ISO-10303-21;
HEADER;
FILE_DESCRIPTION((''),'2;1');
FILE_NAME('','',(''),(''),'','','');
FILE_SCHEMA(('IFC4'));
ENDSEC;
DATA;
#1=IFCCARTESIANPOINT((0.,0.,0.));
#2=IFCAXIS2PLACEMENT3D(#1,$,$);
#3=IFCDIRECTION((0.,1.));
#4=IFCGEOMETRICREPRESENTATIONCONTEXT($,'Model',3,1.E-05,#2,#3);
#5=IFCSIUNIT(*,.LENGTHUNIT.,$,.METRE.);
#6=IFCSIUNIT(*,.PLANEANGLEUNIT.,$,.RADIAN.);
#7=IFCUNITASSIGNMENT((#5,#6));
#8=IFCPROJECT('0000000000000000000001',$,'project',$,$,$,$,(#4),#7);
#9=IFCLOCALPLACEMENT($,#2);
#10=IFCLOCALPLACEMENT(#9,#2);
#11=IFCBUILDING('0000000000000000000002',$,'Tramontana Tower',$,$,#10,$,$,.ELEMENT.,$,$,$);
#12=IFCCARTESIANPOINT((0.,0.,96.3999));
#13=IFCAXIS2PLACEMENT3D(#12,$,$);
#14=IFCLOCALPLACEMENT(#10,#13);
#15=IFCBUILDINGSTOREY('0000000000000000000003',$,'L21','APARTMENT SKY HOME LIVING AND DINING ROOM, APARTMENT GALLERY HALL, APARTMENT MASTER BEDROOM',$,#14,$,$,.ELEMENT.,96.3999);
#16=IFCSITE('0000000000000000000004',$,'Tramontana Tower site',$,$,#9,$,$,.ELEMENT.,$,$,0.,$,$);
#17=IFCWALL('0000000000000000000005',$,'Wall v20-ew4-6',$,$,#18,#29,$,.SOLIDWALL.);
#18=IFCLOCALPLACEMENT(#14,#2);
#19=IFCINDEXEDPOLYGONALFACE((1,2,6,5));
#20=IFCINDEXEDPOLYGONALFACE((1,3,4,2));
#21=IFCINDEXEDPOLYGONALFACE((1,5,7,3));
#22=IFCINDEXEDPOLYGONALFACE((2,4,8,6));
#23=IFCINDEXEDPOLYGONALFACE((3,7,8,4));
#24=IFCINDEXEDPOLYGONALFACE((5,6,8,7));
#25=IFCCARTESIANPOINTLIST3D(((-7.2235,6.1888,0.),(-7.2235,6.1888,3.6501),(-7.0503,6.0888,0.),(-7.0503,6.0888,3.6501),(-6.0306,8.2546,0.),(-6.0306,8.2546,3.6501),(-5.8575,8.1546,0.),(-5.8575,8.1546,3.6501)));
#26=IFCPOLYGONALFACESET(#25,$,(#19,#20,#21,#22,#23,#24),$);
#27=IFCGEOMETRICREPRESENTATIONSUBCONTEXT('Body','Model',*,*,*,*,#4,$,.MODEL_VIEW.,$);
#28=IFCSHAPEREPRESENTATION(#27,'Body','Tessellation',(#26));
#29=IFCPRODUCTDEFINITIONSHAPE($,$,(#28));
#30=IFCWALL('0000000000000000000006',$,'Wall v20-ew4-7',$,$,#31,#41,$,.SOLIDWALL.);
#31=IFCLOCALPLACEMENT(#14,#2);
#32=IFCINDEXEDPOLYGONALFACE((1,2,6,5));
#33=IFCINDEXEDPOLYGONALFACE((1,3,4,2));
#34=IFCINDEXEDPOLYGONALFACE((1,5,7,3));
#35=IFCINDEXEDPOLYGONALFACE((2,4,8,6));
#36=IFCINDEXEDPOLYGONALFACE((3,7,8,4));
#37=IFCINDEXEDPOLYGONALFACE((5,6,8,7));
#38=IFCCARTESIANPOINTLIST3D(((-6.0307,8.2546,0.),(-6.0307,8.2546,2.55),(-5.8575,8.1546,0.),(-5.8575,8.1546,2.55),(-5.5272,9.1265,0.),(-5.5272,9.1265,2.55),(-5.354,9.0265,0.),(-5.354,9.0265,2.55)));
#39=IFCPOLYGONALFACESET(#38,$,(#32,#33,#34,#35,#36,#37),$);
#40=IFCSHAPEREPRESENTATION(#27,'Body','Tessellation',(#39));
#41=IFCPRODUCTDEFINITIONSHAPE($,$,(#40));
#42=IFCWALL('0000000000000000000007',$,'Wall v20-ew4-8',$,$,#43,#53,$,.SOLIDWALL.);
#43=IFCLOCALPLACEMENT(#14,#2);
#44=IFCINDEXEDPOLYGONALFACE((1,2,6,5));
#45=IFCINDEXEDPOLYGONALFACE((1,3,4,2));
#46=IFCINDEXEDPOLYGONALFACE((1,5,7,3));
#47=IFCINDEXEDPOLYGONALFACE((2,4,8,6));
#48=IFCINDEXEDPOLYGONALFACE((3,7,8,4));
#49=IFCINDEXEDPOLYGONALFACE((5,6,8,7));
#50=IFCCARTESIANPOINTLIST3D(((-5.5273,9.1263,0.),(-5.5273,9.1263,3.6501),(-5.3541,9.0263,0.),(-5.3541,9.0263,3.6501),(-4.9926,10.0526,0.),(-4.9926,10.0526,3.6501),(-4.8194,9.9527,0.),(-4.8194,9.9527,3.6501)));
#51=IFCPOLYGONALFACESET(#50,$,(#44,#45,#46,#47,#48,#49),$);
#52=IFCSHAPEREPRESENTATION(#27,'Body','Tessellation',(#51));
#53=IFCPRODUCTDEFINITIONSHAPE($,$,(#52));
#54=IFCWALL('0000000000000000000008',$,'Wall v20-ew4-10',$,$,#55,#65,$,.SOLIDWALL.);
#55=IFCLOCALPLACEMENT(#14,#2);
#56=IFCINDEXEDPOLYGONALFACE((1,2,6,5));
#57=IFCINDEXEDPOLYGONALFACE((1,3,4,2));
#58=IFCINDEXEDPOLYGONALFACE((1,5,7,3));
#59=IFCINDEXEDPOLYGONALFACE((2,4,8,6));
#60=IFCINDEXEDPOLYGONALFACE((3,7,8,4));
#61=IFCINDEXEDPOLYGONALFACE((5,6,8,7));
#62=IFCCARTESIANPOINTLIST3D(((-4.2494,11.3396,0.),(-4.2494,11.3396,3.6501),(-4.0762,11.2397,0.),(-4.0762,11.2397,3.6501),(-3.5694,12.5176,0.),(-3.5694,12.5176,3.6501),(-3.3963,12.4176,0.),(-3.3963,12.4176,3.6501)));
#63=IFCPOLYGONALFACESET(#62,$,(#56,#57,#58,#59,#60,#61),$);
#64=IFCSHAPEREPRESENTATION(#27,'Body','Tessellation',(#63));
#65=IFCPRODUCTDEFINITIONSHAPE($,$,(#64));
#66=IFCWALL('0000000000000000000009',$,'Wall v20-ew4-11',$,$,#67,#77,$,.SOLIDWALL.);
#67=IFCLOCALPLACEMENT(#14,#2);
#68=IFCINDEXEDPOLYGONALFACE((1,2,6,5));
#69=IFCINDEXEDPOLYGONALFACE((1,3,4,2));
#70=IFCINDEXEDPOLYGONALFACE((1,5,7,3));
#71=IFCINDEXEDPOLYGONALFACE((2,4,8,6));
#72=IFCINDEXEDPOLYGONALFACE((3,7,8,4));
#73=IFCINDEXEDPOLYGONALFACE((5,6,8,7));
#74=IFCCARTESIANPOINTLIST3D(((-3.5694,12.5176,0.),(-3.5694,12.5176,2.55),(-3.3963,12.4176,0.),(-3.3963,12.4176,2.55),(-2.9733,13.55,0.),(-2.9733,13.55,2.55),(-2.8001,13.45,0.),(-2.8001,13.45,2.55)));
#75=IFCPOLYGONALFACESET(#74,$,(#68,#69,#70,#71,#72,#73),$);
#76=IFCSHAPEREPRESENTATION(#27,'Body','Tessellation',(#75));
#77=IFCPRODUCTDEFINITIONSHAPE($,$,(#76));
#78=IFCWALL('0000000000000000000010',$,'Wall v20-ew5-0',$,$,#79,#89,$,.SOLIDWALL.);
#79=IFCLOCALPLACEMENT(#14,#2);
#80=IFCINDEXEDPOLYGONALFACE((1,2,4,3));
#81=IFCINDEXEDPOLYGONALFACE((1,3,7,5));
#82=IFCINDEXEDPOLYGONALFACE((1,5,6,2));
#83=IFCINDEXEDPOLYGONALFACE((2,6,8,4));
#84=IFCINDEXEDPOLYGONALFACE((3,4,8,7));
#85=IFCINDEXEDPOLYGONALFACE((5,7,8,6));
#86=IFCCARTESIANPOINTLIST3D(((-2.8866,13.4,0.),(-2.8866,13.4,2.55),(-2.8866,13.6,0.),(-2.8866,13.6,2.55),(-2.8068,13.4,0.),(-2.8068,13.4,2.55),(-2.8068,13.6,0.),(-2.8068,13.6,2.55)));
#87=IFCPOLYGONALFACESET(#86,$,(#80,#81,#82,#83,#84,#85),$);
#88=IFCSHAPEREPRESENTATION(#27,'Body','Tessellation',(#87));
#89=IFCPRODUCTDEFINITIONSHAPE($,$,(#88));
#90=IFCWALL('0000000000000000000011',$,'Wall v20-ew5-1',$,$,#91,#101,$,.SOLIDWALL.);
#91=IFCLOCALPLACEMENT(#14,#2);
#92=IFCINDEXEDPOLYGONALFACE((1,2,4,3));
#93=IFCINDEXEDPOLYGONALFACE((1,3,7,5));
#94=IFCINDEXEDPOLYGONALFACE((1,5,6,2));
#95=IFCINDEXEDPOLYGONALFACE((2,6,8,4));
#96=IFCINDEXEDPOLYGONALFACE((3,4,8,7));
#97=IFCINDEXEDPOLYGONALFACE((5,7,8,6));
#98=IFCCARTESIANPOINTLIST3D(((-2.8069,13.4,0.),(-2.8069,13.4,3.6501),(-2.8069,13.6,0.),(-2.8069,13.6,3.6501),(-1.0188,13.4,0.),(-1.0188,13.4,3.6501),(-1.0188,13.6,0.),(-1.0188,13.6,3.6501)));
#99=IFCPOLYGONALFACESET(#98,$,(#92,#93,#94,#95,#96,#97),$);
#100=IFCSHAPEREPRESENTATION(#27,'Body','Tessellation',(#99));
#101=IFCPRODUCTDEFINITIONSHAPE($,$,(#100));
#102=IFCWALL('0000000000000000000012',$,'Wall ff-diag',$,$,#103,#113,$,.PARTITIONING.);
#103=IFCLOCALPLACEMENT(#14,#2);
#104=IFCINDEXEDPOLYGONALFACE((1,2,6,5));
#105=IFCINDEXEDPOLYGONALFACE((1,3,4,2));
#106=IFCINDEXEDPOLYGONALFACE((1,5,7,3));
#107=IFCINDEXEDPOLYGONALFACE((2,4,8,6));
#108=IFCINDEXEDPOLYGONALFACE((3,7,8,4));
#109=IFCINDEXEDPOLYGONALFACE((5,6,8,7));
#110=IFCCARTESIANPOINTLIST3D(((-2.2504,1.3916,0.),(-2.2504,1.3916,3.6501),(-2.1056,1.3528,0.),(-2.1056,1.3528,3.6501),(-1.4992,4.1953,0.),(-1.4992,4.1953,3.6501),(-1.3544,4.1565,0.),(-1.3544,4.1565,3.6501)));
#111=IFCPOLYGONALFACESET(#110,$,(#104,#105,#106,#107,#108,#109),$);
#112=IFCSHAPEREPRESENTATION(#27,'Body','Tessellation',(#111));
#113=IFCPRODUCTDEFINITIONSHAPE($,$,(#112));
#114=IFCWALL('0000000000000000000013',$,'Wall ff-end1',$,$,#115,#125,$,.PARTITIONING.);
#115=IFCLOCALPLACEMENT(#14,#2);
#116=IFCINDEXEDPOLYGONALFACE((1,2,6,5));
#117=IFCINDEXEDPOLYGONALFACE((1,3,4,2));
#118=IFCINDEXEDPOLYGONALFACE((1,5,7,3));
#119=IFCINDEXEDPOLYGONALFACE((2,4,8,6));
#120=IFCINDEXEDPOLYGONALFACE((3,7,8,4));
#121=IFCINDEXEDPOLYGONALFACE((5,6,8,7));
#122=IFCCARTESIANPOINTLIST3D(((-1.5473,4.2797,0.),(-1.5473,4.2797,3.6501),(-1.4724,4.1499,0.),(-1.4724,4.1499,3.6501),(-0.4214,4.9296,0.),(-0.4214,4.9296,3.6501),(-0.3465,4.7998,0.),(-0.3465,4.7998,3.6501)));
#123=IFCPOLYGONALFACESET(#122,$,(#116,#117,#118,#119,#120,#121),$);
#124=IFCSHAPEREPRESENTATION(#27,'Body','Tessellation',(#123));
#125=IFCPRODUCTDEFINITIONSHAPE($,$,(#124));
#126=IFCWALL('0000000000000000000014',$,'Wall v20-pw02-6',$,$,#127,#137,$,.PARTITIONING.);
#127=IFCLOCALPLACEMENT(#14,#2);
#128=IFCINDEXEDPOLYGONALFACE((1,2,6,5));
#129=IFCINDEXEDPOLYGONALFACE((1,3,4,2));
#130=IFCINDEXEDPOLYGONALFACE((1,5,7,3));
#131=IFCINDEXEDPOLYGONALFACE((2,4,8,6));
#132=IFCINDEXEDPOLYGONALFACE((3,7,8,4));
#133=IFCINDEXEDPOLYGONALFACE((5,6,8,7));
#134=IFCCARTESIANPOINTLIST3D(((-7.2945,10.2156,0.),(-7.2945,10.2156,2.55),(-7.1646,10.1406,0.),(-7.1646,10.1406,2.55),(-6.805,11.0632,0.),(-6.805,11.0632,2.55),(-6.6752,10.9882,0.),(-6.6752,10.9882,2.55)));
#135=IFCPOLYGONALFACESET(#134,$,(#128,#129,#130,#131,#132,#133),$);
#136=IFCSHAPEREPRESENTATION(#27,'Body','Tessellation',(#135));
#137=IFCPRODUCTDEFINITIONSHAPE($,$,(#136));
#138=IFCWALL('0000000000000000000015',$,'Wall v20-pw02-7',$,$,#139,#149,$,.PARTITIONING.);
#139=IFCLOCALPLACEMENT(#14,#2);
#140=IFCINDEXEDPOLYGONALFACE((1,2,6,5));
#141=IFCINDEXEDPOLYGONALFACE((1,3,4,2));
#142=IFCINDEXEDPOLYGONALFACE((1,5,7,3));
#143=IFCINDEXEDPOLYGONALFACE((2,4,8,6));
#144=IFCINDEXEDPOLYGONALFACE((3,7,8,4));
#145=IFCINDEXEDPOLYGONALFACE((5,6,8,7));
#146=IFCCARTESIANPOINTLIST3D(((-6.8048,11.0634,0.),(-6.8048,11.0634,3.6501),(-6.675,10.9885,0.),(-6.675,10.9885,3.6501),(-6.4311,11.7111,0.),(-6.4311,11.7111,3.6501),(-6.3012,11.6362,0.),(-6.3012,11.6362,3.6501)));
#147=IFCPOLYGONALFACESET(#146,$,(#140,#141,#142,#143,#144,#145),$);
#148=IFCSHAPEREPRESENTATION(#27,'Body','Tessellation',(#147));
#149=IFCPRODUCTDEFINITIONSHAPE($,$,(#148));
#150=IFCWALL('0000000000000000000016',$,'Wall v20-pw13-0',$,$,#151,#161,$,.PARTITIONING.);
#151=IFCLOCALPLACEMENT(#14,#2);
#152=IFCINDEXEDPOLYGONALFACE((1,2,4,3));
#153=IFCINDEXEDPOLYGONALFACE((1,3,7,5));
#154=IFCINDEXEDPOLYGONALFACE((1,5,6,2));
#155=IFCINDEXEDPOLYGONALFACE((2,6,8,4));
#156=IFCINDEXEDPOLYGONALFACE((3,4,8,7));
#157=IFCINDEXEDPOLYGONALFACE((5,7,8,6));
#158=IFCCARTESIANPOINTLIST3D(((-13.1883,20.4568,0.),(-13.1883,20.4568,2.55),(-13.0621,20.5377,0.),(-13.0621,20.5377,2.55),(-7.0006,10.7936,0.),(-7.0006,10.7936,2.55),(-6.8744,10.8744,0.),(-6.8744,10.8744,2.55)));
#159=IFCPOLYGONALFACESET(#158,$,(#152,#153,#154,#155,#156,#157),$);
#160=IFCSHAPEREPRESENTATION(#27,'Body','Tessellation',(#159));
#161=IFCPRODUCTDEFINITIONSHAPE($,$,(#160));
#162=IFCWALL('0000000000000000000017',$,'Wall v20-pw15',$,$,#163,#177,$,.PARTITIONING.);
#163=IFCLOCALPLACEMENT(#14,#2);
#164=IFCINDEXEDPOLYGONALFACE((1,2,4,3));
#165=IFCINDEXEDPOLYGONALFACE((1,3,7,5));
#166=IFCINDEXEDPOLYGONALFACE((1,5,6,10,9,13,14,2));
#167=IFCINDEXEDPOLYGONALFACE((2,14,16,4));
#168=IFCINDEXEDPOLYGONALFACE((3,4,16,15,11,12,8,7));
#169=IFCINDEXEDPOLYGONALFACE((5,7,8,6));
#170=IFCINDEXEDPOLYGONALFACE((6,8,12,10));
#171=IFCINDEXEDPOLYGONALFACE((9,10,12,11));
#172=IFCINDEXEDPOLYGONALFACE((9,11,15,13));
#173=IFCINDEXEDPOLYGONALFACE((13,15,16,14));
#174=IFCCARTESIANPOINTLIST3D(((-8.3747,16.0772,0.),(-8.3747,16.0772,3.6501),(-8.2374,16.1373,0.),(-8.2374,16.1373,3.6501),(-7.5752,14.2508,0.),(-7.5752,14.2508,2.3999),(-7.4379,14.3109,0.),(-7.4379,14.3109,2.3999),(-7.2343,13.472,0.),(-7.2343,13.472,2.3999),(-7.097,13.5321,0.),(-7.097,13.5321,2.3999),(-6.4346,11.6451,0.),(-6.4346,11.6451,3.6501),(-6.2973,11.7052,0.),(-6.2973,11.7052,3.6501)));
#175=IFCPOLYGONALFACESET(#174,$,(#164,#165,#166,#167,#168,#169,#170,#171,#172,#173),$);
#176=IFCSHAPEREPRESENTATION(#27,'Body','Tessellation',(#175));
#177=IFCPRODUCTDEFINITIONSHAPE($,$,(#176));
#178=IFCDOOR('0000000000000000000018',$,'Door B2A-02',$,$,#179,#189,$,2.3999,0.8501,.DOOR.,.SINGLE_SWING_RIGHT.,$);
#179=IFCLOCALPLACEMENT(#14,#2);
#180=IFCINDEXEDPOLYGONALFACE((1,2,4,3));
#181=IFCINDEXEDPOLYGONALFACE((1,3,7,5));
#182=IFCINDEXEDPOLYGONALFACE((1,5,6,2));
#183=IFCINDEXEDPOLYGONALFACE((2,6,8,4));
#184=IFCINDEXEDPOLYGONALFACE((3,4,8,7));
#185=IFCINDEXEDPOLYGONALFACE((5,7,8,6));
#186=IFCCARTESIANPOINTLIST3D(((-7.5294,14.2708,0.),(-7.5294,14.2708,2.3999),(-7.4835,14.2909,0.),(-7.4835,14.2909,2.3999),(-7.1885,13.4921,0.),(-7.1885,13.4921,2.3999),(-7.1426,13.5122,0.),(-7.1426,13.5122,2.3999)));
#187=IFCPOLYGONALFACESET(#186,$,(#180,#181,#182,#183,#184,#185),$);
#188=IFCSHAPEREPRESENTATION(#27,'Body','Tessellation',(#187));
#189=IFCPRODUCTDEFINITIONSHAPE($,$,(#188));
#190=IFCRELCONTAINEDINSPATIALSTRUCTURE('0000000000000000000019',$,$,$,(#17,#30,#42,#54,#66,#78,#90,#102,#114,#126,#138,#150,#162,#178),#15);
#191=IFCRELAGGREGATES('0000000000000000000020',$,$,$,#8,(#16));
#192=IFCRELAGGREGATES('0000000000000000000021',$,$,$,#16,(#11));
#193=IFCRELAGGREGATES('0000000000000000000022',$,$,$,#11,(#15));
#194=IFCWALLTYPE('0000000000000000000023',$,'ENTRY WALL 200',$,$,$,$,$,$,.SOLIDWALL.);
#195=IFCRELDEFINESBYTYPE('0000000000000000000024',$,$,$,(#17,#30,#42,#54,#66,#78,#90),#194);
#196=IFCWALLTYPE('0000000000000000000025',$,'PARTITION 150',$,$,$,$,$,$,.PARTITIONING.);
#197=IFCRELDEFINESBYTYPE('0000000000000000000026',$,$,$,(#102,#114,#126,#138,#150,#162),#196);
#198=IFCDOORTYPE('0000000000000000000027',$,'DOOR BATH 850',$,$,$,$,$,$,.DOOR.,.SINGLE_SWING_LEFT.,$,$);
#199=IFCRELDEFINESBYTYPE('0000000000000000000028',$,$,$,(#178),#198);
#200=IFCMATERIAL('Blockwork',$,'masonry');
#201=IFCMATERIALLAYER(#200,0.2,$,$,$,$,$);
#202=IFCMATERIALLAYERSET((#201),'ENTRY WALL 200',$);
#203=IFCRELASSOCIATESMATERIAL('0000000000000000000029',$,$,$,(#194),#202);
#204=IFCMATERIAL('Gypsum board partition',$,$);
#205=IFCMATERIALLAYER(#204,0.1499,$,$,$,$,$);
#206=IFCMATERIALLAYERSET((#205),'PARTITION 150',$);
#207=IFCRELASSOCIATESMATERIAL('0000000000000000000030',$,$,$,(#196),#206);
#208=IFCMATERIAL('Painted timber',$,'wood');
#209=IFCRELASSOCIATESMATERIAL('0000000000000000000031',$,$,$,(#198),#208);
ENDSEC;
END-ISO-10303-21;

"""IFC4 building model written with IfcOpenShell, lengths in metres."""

from ifc_helpers import new_model, si_unit, direction, frame, frame_2d, origin, place, context, subcontext, project, spatial, rectangle, extrude, material, layer, layer_set, type_object, element, fill, save


model = new_model("IFC4")

# Units and contexts
model_context = context("Model", 3, precision=1e-05, world=origin(), true_north=direction((0.0, 1.0)))
body_context = subcontext(model_context, "Body", "Model", "MODEL_VIEW")
ifc_project = project(units=[si_unit("LENGTHUNIT", "METRE"), si_unit("PLANEANGLEUNIT", "RADIAN")], contexts=[model_context])

# Site, building, storey
site_placement = place(None, origin())
site = spatial("IfcSite", under=ifc_project, at=site_placement, Name="Tramontana Tower site", CompositionType="ELEMENT", RefElevation=0.0)
building_placement = place(site_placement, origin())
building = spatial("IfcBuilding", under=site, at=building_placement, Name="Tramontana Tower", CompositionType="ELEMENT")
storey_placement = place(building_placement, frame((0.0, 0.0, 96.3999)))
storey = spatial("IfcBuildingStorey", under=building, at=storey_placement, Name="L21", Description="APARTMENT SKY HOME LIVING AND DINING ROOM, APARTMENT GALLERY HALL, APARTMENT MASTER BEDROOM", CompositionType="ELEMENT", Elevation=96.3999)

# Walls
ifc_material_1 = material(Name="Blockwork", Category="masonry")
ifc_layer_1 = layer(ifc_material_1, 0.2)
ifc_layer_set_1 = layer_set([ifc_layer_1], Name="ENTRY WALL 200")
wall_type_1 = type_object("IfcWallType", Name="ENTRY WALL 200", PredefinedType="SOLIDWALL", material=ifc_layer_set_1)
wall_1_placement = place(storey_placement, frame((-7.137, 6.1387, 0.0), z_axis=(0.0, 0.0, 1.0), x_axis=(0.500035, 0.866005, 0.0)))
element("IfcWall", 1, at=wall_1_placement, inside=storey, type_object=wall_type_1, Name="Wall v20-ew4-6", PredefinedType="SOLIDWALL", context=body_context, shape_type="SweptSolid", body=[
    extrude(rectangle(XDim=2.3855, YDim=0.2, at=frame_2d((1.1929, 0.0))), origin(), (0.0, 0.0, 1.0), 3.6501),
])
wall_2_placement = place(storey_placement, frame((-5.9441, 8.2046, 0.0), z_axis=(0.0, 0.0, 1.0), x_axis=(0.500051, 0.865996, 0.0)))
element("IfcWall", 2, at=wall_2_placement, inside=storey, type_object=wall_type_1, Name="Wall v20-ew4-7", PredefinedType="SOLIDWALL", context=body_context, shape_type="SweptSolid", body=[
    extrude(rectangle(XDim=1.0068, YDim=0.2, at=frame_2d((0.5034, 0.0))), origin(), (0.0, 0.0, 1.0), 2.55),
])
wall_3_placement = place(storey_placement, frame((-5.4407, 9.0764, 0.0), z_axis=(0.0, 0.0, 1.0), x_axis=(0.49992, 0.866072, 0.0)))
element("IfcWall", 3, at=wall_3_placement, inside=storey, type_object=wall_type_1, Name="Wall v20-ew4-8", PredefinedType="SOLIDWALL", context=body_context, shape_type="SweptSolid", body=[
    extrude(rectangle(XDim=1.0696, YDim=0.2, at=frame_2d((0.5347, 0.0))), origin(), (0.0, 0.0, 1.0), 3.6501),
])

# Walls
wall_4_placement = place(storey_placement, frame((-4.1628, 11.2896, 0.0), z_axis=(0.0, 0.0, 1.0), x_axis=(0.499904, 0.866081, 0.0)))
element("IfcWall", 4, at=wall_4_placement, inside=storey, type_object=wall_type_1, Name="Wall v20-ew4-10", PredefinedType="SOLIDWALL", context=body_context, shape_type="SweptSolid", body=[
    extrude(rectangle(XDim=1.3601, YDim=0.2, at=frame_2d((0.6802, 0.0))), origin(), (0.0, 0.0, 1.0), 3.6501),
])
wall_5_placement = place(storey_placement, frame((-3.4829, 12.4675, 0.0), z_axis=(0.0, 0.0, 1.0), x_axis=(0.500059, 0.865991, 0.0)))
element("IfcWall", 5, at=wall_5_placement, inside=storey, type_object=wall_type_1, Name="Wall v20-ew4-11", PredefinedType="SOLIDWALL", context=body_context, shape_type="SweptSolid", body=[
    extrude(rectangle(XDim=1.1921, YDim=0.2, at=frame_2d((0.5962, 0.0))), origin(), (0.0, 0.0, 1.0), 2.55),
])
wall_6_placement = place(storey_placement, frame((-2.8867, 13.5, 0.0), z_axis=(0.0, 0.0, 1.0), x_axis=(1.0, 0.0, 0.0)))
element("IfcWall", 6, at=wall_6_placement, inside=storey, type_object=wall_type_1, Name="Wall v20-ew5-0", PredefinedType="SOLIDWALL", context=body_context, shape_type="SweptSolid", body=[
    extrude(rectangle(XDim=0.0798, YDim=0.2, at=frame_2d((0.04, 0.0))), origin(), (0.0, 0.0, 1.0), 2.55),
])
wall_7_placement = place(storey_placement, frame((-2.8069, 13.5, 0.0), z_axis=(0.0, 0.0, 1.0), x_axis=(1.0, 0.0, 0.0)))
element("IfcWall", 7, at=wall_7_placement, inside=storey, type_object=wall_type_1, Name="Wall v20-ew5-1", PredefinedType="SOLIDWALL", context=body_context, shape_type="SweptSolid", body=[
    extrude(rectangle(XDim=1.7881, YDim=0.2, at=frame_2d((0.894, 0.0))), origin(), (0.0, 0.0, 1.0), 3.6501),
])
ifc_material_2 = material(Name="Gypsum board partition")
ifc_layer_2 = layer(ifc_material_2, 0.1499)
ifc_layer_set_2 = layer_set([ifc_layer_2], Name="PARTITION 150")
wall_type_2 = type_object("IfcWallType", Name="PARTITION 150", PredefinedType="PARTITIONING", material=ifc_layer_set_2)
wall_8_placement = place(storey_placement, frame((-2.178, 1.3723, 0.0), z_axis=(0.0, 0.0, 1.0), x_axis=(0.258809, 0.965929, 0.0)))
element("IfcWall", 8, at=wall_8_placement, inside=storey, type_object=wall_type_2, Name="Wall ff-diag", PredefinedType="PARTITIONING", context=body_context, shape_type="SweptSolid", body=[
    extrude(rectangle(XDim=2.9026, YDim=0.1499, at=frame_2d((1.4512, 0.0))), origin(), (0.0, 0.0, 1.0), 3.6501),
])
wall_9_placement = place(storey_placement, frame((-1.5098, 4.2148, 0.0), z_axis=(0.0, 0.0, 1.0), x_axis=(0.866086, 0.499896, 0.0)))
element("IfcWall", 9, at=wall_9_placement, inside=storey, type_object=wall_type_2, Name="Wall ff-end1", PredefinedType="PARTITIONING", context=body_context, shape_type="SweptSolid", body=[
    extrude(rectangle(XDim=1.3, YDim=0.1499, at=frame_2d((0.6499, 0.0))), origin(), (0.0, 0.0, 1.0), 3.6501),
])
wall_10_placement = place(storey_placement, frame((-7.2295, 10.1782, 0.0), z_axis=(0.0, 0.0, 1.0), x_axis=(0.500082, 0.865978, 0.0)))
element("IfcWall", 10, at=wall_10_placement, inside=storey, type_object=wall_type_2, Name="Wall v20-pw02-6", PredefinedType="PARTITIONING", context=body_context, shape_type="SweptSolid", body=[
    extrude(rectangle(XDim=0.9788, YDim=0.1499, at=frame_2d((0.4893, 0.0))), origin(), (0.0, 0.0, 1.0), 2.55),
])
wall_11_placement = place(storey_placement, frame((-6.74, 11.0259, 0.0), z_axis=(0.0, 0.0, 1.0), x_axis=(0.499826, 0.866126, 0.0)))
element("IfcWall", 11, at=wall_11_placement, inside=storey, type_object=wall_type_2, Name="Wall v20-pw02-7", PredefinedType="PARTITIONING", context=body_context, shape_type="SweptSolid", body=[
    extrude(rectangle(XDim=0.7478, YDim=0.1499, at=frame_2d((0.374, 0.0))), origin(), (0.0, 0.0, 1.0), 3.6501),
])
wall_12_placement = place(storey_placement, frame((-6.9375, 10.834, 0.0), z_axis=(0.0, 0.0, 1.0), x_axis=(-0.539252, 0.842144, 0.0)))
element("IfcWall", 12, at=wall_12_placement, inside=storey, type_object=wall_type_2, Name="Wall v20-pw13-0", PredefinedType="PARTITIONING", context=body_context, shape_type="SweptSolid", body=[
    extrude(rectangle(XDim=11.4746, YDim=0.1499, at=frame_2d((5.7373, 0.0))), origin(), (0.0, 0.0, 1.0), 2.55),
])

# Wall, opening, door
wall_13_placement = place(storey_placement, frame((-6.366, 11.6753, 0.0), z_axis=(0.0, 0.0, 1.0), x_axis=(-0.401015, 0.916072, 0.0)))
wall_13 = element("IfcWall", 13, at=wall_13_placement, inside=storey, type_object=wall_type_2, Name="Wall v20-pw15", PredefinedType="PARTITIONING", context=body_context, shape_type="SweptSolid", body=[
    extrude(rectangle(XDim=4.8381, YDim=0.1499, at=frame_2d((2.4189, 0.0))), origin(), (0.0, 0.0, 1.0), 3.6501),
])
opening_1_placement = place(wall_13_placement, frame((1.9941, 0.0, 0.0)))
opening_1 = element("IfcOpeningElement", 14, at=opening_1_placement, cuts=wall_13, PredefinedType="OPENING", context=body_context, shape_type="SweptSolid", body=[
    extrude(rectangle(XDim=0.8501, YDim=2.3999, at=frame_2d((0.425, 1.2))), frame((0.0, 0.085, 0.0), z_axis=(0.0, -1.0, 0.0), x_axis=(1.0, 0.0, 0.0)), (0.0, 0.0, 1.0), 0.1699),
])
ifc_material_3 = material(Name="Painted timber", Category="wood")
door_type_1 = type_object("IfcDoorType", Name="DOOR BATH 850", OperationType="SINGLE_SWING_LEFT", PredefinedType="DOOR", material=ifc_material_3)
door_1_placement = place(opening_1_placement, origin())
door_1 = element("IfcDoor", 15, at=door_1_placement, inside=storey, type_object=door_type_1, Name="Door B2A-02", OperationType="SINGLE_SWING_RIGHT", OverallHeight=2.3999, OverallWidth=0.8501, PredefinedType="DOOR", context=body_context, shape_type="SweptSolid", body=[
    extrude(rectangle(XDim=0.8501, YDim=2.3999, at=frame_2d((0.425, 1.2))), frame((0.0, 0.0249, 0.0), z_axis=(0.0, -1.0, 0.0), x_axis=(1.0, 0.0, 0.0)), (0.0, 0.0, 1.0), 0.05),
])
fill(opening_1, door_1)

save(model, "model.ifc")
